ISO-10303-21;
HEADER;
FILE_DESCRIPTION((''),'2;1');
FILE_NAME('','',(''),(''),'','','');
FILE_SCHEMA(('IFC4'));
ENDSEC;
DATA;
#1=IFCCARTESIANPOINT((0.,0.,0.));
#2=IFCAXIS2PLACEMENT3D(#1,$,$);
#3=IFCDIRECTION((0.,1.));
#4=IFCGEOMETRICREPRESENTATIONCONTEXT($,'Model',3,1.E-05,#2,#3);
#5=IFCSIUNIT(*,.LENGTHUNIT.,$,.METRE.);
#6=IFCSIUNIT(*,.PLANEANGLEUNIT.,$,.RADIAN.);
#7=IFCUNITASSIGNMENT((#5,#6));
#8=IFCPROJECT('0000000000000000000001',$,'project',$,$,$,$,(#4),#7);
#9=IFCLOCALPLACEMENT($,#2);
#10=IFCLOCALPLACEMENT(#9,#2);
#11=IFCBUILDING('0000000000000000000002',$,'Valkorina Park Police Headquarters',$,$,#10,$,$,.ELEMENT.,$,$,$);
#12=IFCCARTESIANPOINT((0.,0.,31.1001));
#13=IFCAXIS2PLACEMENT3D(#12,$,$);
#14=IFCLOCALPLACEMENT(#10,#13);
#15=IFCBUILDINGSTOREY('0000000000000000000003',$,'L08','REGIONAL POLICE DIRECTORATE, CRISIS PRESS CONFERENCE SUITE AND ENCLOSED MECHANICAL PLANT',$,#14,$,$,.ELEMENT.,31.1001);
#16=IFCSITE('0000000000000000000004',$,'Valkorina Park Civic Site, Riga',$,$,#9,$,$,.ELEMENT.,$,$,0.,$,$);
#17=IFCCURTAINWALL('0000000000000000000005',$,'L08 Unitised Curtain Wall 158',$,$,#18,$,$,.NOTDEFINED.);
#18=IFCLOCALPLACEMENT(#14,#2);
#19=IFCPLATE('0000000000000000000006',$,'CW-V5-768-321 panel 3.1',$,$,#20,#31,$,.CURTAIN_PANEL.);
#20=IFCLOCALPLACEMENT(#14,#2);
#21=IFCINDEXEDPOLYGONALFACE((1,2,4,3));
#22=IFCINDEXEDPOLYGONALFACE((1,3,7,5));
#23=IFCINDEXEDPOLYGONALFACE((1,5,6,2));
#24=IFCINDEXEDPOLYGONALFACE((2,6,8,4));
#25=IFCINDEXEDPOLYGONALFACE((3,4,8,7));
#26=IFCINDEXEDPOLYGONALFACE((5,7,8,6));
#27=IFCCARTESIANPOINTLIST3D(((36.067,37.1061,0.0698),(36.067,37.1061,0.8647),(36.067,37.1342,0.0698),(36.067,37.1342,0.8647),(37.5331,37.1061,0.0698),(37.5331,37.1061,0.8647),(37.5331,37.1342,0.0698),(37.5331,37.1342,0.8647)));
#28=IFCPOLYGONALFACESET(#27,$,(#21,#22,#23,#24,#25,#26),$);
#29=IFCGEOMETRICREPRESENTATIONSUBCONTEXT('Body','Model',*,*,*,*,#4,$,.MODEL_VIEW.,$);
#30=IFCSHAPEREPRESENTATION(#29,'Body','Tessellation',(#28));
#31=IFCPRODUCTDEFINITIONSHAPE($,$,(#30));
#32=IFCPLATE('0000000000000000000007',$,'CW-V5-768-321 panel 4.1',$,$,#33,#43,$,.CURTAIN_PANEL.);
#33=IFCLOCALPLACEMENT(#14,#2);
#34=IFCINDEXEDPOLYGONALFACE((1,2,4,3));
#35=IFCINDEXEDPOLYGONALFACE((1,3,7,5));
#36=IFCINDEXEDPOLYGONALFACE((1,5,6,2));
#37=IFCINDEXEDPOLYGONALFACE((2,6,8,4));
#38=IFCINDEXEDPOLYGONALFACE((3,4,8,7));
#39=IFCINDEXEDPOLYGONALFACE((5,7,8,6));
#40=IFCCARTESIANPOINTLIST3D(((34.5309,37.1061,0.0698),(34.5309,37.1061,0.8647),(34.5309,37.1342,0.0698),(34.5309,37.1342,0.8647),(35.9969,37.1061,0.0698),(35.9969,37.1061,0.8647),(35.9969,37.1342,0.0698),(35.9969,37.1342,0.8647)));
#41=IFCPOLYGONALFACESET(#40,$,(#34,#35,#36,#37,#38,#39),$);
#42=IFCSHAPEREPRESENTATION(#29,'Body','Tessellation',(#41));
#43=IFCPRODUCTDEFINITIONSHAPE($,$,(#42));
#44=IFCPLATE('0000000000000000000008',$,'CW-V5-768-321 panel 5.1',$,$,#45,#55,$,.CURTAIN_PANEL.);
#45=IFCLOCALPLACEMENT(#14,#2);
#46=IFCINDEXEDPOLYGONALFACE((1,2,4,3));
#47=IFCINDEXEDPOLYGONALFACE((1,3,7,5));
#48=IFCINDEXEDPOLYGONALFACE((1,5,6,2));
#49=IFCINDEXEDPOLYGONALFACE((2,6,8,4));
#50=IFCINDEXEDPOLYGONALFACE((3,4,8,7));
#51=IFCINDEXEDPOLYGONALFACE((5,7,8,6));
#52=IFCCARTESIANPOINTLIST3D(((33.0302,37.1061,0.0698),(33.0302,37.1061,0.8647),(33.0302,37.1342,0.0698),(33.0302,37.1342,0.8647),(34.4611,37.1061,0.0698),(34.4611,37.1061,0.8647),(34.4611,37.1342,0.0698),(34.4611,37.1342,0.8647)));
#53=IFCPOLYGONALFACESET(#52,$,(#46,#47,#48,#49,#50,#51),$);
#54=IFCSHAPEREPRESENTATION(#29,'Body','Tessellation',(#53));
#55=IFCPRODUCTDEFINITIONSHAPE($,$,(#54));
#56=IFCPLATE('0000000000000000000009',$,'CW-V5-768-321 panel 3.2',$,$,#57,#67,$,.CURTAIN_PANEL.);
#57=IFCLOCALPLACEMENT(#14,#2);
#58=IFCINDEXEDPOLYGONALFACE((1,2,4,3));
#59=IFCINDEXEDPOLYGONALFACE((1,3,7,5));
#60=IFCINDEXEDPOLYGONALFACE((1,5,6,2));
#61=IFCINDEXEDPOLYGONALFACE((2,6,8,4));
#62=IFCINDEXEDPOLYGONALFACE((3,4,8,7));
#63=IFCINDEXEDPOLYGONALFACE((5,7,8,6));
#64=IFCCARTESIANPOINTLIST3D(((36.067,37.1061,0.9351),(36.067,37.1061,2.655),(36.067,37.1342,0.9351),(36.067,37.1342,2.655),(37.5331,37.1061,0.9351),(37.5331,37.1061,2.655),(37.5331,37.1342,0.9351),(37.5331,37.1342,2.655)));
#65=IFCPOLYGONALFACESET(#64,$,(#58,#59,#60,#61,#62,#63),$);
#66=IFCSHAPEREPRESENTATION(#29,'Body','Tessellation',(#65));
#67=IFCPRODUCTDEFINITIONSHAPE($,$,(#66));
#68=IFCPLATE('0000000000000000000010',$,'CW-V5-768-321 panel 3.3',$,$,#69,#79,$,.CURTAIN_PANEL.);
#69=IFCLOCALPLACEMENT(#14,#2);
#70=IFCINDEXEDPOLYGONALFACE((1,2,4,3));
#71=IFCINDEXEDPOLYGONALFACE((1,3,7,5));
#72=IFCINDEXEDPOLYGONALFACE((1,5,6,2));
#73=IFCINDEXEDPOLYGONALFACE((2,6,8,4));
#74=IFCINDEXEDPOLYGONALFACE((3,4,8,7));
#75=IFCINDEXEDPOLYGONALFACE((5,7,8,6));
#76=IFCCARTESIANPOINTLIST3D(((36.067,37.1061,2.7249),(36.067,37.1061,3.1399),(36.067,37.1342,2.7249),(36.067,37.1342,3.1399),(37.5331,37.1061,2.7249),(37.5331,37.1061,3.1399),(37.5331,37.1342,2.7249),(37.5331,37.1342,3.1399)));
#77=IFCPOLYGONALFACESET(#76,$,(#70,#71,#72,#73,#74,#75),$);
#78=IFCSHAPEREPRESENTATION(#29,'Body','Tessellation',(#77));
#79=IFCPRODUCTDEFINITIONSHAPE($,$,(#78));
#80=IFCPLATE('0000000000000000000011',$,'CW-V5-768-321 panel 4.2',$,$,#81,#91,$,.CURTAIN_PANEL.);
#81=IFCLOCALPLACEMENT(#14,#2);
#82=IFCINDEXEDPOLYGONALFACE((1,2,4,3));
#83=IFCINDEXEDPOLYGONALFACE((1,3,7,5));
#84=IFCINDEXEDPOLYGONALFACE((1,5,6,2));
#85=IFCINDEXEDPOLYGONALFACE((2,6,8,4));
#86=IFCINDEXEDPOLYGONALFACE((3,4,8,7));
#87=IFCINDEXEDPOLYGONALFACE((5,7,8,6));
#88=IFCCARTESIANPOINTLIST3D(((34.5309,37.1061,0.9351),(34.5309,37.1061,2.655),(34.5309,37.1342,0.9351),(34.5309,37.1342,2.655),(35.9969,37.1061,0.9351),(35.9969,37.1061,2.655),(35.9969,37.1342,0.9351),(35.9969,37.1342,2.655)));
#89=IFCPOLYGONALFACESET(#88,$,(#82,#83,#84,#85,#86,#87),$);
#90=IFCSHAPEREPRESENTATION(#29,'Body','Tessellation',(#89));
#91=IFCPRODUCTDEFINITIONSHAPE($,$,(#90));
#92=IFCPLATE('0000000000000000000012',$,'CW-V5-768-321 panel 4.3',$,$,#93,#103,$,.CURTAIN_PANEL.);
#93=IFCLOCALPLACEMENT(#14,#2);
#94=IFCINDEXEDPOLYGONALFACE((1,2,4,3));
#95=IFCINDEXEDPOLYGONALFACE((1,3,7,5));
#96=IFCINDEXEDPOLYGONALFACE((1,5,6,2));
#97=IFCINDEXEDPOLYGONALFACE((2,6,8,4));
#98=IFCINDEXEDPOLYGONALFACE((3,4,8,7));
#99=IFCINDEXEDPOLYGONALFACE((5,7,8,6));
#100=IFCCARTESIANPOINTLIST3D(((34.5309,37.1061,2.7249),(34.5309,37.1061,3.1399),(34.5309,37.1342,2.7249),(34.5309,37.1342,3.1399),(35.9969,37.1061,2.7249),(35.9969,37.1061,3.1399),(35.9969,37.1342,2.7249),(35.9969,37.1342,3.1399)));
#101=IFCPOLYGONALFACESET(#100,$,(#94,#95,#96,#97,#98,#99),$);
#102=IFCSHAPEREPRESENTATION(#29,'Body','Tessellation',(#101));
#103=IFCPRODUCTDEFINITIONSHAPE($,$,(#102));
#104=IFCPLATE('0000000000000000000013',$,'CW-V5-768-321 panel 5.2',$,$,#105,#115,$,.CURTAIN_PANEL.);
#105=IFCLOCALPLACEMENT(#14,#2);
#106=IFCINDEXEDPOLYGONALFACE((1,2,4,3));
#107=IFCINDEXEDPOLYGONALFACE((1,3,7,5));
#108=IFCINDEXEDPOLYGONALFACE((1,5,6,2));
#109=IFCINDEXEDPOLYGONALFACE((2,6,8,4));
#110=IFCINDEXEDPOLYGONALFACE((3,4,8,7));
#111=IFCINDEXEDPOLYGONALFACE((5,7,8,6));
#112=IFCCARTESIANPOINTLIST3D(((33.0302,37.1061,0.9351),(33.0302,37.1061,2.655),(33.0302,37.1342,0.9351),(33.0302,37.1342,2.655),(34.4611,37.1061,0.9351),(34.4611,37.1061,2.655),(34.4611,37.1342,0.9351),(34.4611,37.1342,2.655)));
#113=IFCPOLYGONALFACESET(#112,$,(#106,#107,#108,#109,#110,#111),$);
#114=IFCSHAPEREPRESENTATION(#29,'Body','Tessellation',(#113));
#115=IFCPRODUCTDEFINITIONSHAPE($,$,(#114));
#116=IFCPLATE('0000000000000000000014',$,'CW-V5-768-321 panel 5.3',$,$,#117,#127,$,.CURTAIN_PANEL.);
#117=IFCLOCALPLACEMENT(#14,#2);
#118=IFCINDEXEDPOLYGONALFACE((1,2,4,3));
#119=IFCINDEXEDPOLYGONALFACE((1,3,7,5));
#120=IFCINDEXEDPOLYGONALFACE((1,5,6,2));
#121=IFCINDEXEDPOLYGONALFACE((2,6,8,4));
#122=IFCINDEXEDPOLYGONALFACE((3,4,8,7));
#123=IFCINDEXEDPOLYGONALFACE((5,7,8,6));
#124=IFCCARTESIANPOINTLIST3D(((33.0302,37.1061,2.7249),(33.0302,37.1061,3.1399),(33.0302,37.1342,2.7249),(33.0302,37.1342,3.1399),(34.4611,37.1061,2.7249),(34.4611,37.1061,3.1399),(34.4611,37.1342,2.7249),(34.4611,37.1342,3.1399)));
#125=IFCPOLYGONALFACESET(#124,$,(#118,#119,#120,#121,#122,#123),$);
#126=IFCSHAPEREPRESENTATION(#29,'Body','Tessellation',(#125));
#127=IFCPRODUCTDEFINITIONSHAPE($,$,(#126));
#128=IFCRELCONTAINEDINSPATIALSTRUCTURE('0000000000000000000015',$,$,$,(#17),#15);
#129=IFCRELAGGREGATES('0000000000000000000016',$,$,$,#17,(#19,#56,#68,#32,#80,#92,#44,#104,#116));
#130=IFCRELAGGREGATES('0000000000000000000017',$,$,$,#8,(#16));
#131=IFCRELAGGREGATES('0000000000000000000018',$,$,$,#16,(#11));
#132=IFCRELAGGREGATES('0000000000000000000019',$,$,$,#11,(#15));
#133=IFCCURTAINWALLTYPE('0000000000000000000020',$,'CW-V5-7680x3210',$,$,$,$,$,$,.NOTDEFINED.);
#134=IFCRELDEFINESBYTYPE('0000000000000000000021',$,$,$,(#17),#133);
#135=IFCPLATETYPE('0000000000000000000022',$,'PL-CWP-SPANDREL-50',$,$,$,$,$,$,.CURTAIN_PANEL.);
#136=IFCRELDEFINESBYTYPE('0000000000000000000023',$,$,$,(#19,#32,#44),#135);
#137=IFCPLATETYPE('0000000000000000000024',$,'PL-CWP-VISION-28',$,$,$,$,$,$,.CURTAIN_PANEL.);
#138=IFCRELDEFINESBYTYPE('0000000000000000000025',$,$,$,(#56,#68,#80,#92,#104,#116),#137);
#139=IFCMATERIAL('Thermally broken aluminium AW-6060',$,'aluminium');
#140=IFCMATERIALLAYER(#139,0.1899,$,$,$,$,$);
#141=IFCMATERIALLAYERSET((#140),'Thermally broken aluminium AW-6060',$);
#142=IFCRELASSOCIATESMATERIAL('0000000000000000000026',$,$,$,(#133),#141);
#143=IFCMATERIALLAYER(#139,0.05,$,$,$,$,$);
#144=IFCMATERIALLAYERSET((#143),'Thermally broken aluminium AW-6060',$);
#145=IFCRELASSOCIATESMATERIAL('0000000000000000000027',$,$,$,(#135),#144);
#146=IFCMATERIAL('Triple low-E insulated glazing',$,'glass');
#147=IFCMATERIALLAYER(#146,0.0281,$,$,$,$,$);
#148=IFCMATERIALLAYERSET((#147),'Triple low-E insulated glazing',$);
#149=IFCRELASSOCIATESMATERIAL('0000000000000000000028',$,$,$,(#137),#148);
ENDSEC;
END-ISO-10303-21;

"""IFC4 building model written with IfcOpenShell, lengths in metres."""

from ifc_helpers import new_model, si_unit, direction, frame, origin, origin_2d, place, context, subcontext, project, spatial, rectangle, extrude, material, layer, layer_set, type_object, element, aggregate, save


model = new_model("IFC4")

# Units and contexts
model_context = context("Model", 3, precision=1e-05, world=origin(), true_north=direction((0.0, 1.0)))
body_context = subcontext(model_context, "Body", "Model", "MODEL_VIEW")
ifc_project = project(units=[si_unit("LENGTHUNIT", "METRE"), si_unit("PLANEANGLEUNIT", "RADIAN")], contexts=[model_context])

# Site, building, storey
site_placement = place(None, origin())
site = spatial("IfcSite", under=ifc_project, at=site_placement, Name="Valkorina Park Civic Site, Riga", CompositionType="ELEMENT", RefElevation=0.0)
building_placement = place(site_placement, origin())
building = spatial("IfcBuilding", under=site, at=building_placement, Name="Valkorina Park Police Headquarters", CompositionType="ELEMENT")
storey_placement = place(building_placement, frame((0.0, 0.0, 31.1001)))
storey = spatial("IfcBuildingStorey", under=building, at=storey_placement, Name="L08", Description="REGIONAL POLICE DIRECTORATE, CRISIS PRESS CONFERENCE SUITE AND ENCLOSED MECHANICAL PLANT", CompositionType="ELEMENT", Elevation=31.1001)

# Curtain wall, plates
ifc_material_1 = material(Name="Thermally broken aluminium AW-6060", Category="aluminium")
ifc_layer_1 = layer(ifc_material_1, 0.1899)
ifc_layer_set_1 = layer_set([ifc_layer_1], Name="Thermally broken aluminium AW-6060")
curtain_wall_type = type_object("IfcCurtainWallType", Name="CW-V5-7680x3210", PredefinedType="NOTDEFINED", material=ifc_layer_set_1)
curtain_wall_placement = place(storey_placement, origin())
curtain_wall = element("IfcCurtainWall", 1, at=curtain_wall_placement, inside=storey, type_object=curtain_wall_type, Name="L08 Unitised Curtain Wall 158", PredefinedType="NOTDEFINED")
ifc_layer_2 = layer(ifc_material_1, 0.05)
ifc_layer_set_2 = layer_set([ifc_layer_2], Name="Thermally broken aluminium AW-6060")
plate_type_1 = type_object("IfcPlateType", Name="PL-CWP-SPANDREL-50", PredefinedType="CURTAIN_PANEL", material=ifc_layer_set_2)
plate_1_placement = place(storey_placement, frame((36.8, 37.1201, 0.0698), z_axis=(0.0, 0.0, 1.0), x_axis=(-1.0, 0.0, 0.0)))
plate_1 = element("IfcPlate", 2, at=plate_1_placement, type_object=plate_type_1, Name="CW-V5-768-321 panel 3.1", PredefinedType="CURTAIN_PANEL", context=body_context, shape_type="SweptSolid", body=[
    extrude(rectangle(XDim=1.4661, YDim=0.0281, at=origin_2d()), origin(), (0.0, 0.0, 1.0), 0.7949),
])
plate_2_placement = place(storey_placement, frame((35.2639, 37.1201, 0.0698), z_axis=(0.0, 0.0, 1.0), x_axis=(-1.0, 0.0, 0.0)))
plate_2 = element("IfcPlate", 3, at=plate_2_placement, type_object=plate_type_1, Name="CW-V5-768-321 panel 4.1", PredefinedType="CURTAIN_PANEL", context=body_context, shape_type="SweptSolid", body=[
    extrude(rectangle(XDim=1.4661, YDim=0.0281, at=origin_2d()), origin(), (0.0, 0.0, 1.0), 0.7949),
])
plate_3_placement = place(storey_placement, frame((33.7456, 37.1201, 0.0698), z_axis=(0.0, 0.0, 1.0), x_axis=(-1.0, 0.0, 0.0)))
plate_3 = element("IfcPlate", 4, at=plate_3_placement, type_object=plate_type_1, Name="CW-V5-768-321 panel 5.1", PredefinedType="CURTAIN_PANEL", context=body_context, shape_type="SweptSolid", body=[
    extrude(rectangle(XDim=1.4309, YDim=0.0281, at=origin_2d()), origin(), (0.0, 0.0, 1.0), 0.7949),
])
ifc_material_2 = material(Name="Triple low-E insulated glazing", Category="glass")
ifc_layer_3 = layer(ifc_material_2, 0.0281)
ifc_layer_set_3 = layer_set([ifc_layer_3], Name="Triple low-E insulated glazing")
plate_type_2 = type_object("IfcPlateType", Name="PL-CWP-VISION-28", PredefinedType="CURTAIN_PANEL", material=ifc_layer_set_3)
plate_4_placement = place(storey_placement, frame((36.8, 37.1201, 0.9351), z_axis=(0.0, 0.0, 1.0), x_axis=(-1.0, 0.0, 0.0)))
plate_4 = element("IfcPlate", 5, at=plate_4_placement, type_object=plate_type_2, Name="CW-V5-768-321 panel 3.2", PredefinedType="CURTAIN_PANEL", context=body_context, shape_type="SweptSolid", body=[
    extrude(rectangle(XDim=1.4661, YDim=0.0281, at=origin_2d()), origin(), (0.0, 0.0, 1.0), 1.72),
])
plate_5_placement = place(storey_placement, frame((36.8, 37.1201, 2.7249), z_axis=(0.0, 0.0, 1.0), x_axis=(-1.0, 0.0, 0.0)))
plate_5 = element("IfcPlate", 6, at=plate_5_placement, type_object=plate_type_2, Name="CW-V5-768-321 panel 3.3", PredefinedType="CURTAIN_PANEL", context=body_context, shape_type="SweptSolid", body=[
    extrude(rectangle(XDim=1.4661, YDim=0.0281, at=origin_2d()), origin(), (0.0, 0.0, 1.0), 0.415),
])
plate_6_placement = place(storey_placement, frame((35.2639, 37.1201, 0.9351), z_axis=(0.0, 0.0, 1.0), x_axis=(-1.0, 0.0, 0.0)))
plate_6 = element("IfcPlate", 7, at=plate_6_placement, type_object=plate_type_2, Name="CW-V5-768-321 panel 4.2", PredefinedType="CURTAIN_PANEL", context=body_context, shape_type="SweptSolid", body=[
    extrude(rectangle(XDim=1.4661, YDim=0.0281, at=origin_2d()), origin(), (0.0, 0.0, 1.0), 1.72),
])
plate_7_placement = place(storey_placement, frame((35.2639, 37.1201, 2.7249), z_axis=(0.0, 0.0, 1.0), x_axis=(-1.0, 0.0, 0.0)))
plate_7 = element("IfcPlate", 8, at=plate_7_placement, type_object=plate_type_2, Name="CW-V5-768-321 panel 4.3", PredefinedType="CURTAIN_PANEL", context=body_context, shape_type="SweptSolid", body=[
    extrude(rectangle(XDim=1.4661, YDim=0.0281, at=origin_2d()), origin(), (0.0, 0.0, 1.0), 0.415),
])
plate_8_placement = place(storey_placement, frame((33.7456, 37.1201, 0.9351), z_axis=(0.0, 0.0, 1.0), x_axis=(-1.0, 0.0, 0.0)))
plate_8 = element("IfcPlate", 9, at=plate_8_placement, type_object=plate_type_2, Name="CW-V5-768-321 panel 5.2", PredefinedType="CURTAIN_PANEL", context=body_context, shape_type="SweptSolid", body=[
    extrude(rectangle(XDim=1.4309, YDim=0.0281, at=origin_2d()), origin(), (0.0, 0.0, 1.0), 1.72),
])
plate_9_placement = place(storey_placement, frame((33.7456, 37.1201, 2.7249), z_axis=(0.0, 0.0, 1.0), x_axis=(-1.0, 0.0, 0.0)))
plate_9 = element("IfcPlate", 10, at=plate_9_placement, type_object=plate_type_2, Name="CW-V5-768-321 panel 5.3", PredefinedType="CURTAIN_PANEL", context=body_context, shape_type="SweptSolid", body=[
    extrude(rectangle(XDim=1.4309, YDim=0.0281, at=origin_2d()), origin(), (0.0, 0.0, 1.0), 0.415),
])
aggregate(curtain_wall, [plate_1, plate_4, plate_5, plate_2, plate_6, plate_7, plate_3, plate_8, plate_9])

save(model, "model.ifc")
